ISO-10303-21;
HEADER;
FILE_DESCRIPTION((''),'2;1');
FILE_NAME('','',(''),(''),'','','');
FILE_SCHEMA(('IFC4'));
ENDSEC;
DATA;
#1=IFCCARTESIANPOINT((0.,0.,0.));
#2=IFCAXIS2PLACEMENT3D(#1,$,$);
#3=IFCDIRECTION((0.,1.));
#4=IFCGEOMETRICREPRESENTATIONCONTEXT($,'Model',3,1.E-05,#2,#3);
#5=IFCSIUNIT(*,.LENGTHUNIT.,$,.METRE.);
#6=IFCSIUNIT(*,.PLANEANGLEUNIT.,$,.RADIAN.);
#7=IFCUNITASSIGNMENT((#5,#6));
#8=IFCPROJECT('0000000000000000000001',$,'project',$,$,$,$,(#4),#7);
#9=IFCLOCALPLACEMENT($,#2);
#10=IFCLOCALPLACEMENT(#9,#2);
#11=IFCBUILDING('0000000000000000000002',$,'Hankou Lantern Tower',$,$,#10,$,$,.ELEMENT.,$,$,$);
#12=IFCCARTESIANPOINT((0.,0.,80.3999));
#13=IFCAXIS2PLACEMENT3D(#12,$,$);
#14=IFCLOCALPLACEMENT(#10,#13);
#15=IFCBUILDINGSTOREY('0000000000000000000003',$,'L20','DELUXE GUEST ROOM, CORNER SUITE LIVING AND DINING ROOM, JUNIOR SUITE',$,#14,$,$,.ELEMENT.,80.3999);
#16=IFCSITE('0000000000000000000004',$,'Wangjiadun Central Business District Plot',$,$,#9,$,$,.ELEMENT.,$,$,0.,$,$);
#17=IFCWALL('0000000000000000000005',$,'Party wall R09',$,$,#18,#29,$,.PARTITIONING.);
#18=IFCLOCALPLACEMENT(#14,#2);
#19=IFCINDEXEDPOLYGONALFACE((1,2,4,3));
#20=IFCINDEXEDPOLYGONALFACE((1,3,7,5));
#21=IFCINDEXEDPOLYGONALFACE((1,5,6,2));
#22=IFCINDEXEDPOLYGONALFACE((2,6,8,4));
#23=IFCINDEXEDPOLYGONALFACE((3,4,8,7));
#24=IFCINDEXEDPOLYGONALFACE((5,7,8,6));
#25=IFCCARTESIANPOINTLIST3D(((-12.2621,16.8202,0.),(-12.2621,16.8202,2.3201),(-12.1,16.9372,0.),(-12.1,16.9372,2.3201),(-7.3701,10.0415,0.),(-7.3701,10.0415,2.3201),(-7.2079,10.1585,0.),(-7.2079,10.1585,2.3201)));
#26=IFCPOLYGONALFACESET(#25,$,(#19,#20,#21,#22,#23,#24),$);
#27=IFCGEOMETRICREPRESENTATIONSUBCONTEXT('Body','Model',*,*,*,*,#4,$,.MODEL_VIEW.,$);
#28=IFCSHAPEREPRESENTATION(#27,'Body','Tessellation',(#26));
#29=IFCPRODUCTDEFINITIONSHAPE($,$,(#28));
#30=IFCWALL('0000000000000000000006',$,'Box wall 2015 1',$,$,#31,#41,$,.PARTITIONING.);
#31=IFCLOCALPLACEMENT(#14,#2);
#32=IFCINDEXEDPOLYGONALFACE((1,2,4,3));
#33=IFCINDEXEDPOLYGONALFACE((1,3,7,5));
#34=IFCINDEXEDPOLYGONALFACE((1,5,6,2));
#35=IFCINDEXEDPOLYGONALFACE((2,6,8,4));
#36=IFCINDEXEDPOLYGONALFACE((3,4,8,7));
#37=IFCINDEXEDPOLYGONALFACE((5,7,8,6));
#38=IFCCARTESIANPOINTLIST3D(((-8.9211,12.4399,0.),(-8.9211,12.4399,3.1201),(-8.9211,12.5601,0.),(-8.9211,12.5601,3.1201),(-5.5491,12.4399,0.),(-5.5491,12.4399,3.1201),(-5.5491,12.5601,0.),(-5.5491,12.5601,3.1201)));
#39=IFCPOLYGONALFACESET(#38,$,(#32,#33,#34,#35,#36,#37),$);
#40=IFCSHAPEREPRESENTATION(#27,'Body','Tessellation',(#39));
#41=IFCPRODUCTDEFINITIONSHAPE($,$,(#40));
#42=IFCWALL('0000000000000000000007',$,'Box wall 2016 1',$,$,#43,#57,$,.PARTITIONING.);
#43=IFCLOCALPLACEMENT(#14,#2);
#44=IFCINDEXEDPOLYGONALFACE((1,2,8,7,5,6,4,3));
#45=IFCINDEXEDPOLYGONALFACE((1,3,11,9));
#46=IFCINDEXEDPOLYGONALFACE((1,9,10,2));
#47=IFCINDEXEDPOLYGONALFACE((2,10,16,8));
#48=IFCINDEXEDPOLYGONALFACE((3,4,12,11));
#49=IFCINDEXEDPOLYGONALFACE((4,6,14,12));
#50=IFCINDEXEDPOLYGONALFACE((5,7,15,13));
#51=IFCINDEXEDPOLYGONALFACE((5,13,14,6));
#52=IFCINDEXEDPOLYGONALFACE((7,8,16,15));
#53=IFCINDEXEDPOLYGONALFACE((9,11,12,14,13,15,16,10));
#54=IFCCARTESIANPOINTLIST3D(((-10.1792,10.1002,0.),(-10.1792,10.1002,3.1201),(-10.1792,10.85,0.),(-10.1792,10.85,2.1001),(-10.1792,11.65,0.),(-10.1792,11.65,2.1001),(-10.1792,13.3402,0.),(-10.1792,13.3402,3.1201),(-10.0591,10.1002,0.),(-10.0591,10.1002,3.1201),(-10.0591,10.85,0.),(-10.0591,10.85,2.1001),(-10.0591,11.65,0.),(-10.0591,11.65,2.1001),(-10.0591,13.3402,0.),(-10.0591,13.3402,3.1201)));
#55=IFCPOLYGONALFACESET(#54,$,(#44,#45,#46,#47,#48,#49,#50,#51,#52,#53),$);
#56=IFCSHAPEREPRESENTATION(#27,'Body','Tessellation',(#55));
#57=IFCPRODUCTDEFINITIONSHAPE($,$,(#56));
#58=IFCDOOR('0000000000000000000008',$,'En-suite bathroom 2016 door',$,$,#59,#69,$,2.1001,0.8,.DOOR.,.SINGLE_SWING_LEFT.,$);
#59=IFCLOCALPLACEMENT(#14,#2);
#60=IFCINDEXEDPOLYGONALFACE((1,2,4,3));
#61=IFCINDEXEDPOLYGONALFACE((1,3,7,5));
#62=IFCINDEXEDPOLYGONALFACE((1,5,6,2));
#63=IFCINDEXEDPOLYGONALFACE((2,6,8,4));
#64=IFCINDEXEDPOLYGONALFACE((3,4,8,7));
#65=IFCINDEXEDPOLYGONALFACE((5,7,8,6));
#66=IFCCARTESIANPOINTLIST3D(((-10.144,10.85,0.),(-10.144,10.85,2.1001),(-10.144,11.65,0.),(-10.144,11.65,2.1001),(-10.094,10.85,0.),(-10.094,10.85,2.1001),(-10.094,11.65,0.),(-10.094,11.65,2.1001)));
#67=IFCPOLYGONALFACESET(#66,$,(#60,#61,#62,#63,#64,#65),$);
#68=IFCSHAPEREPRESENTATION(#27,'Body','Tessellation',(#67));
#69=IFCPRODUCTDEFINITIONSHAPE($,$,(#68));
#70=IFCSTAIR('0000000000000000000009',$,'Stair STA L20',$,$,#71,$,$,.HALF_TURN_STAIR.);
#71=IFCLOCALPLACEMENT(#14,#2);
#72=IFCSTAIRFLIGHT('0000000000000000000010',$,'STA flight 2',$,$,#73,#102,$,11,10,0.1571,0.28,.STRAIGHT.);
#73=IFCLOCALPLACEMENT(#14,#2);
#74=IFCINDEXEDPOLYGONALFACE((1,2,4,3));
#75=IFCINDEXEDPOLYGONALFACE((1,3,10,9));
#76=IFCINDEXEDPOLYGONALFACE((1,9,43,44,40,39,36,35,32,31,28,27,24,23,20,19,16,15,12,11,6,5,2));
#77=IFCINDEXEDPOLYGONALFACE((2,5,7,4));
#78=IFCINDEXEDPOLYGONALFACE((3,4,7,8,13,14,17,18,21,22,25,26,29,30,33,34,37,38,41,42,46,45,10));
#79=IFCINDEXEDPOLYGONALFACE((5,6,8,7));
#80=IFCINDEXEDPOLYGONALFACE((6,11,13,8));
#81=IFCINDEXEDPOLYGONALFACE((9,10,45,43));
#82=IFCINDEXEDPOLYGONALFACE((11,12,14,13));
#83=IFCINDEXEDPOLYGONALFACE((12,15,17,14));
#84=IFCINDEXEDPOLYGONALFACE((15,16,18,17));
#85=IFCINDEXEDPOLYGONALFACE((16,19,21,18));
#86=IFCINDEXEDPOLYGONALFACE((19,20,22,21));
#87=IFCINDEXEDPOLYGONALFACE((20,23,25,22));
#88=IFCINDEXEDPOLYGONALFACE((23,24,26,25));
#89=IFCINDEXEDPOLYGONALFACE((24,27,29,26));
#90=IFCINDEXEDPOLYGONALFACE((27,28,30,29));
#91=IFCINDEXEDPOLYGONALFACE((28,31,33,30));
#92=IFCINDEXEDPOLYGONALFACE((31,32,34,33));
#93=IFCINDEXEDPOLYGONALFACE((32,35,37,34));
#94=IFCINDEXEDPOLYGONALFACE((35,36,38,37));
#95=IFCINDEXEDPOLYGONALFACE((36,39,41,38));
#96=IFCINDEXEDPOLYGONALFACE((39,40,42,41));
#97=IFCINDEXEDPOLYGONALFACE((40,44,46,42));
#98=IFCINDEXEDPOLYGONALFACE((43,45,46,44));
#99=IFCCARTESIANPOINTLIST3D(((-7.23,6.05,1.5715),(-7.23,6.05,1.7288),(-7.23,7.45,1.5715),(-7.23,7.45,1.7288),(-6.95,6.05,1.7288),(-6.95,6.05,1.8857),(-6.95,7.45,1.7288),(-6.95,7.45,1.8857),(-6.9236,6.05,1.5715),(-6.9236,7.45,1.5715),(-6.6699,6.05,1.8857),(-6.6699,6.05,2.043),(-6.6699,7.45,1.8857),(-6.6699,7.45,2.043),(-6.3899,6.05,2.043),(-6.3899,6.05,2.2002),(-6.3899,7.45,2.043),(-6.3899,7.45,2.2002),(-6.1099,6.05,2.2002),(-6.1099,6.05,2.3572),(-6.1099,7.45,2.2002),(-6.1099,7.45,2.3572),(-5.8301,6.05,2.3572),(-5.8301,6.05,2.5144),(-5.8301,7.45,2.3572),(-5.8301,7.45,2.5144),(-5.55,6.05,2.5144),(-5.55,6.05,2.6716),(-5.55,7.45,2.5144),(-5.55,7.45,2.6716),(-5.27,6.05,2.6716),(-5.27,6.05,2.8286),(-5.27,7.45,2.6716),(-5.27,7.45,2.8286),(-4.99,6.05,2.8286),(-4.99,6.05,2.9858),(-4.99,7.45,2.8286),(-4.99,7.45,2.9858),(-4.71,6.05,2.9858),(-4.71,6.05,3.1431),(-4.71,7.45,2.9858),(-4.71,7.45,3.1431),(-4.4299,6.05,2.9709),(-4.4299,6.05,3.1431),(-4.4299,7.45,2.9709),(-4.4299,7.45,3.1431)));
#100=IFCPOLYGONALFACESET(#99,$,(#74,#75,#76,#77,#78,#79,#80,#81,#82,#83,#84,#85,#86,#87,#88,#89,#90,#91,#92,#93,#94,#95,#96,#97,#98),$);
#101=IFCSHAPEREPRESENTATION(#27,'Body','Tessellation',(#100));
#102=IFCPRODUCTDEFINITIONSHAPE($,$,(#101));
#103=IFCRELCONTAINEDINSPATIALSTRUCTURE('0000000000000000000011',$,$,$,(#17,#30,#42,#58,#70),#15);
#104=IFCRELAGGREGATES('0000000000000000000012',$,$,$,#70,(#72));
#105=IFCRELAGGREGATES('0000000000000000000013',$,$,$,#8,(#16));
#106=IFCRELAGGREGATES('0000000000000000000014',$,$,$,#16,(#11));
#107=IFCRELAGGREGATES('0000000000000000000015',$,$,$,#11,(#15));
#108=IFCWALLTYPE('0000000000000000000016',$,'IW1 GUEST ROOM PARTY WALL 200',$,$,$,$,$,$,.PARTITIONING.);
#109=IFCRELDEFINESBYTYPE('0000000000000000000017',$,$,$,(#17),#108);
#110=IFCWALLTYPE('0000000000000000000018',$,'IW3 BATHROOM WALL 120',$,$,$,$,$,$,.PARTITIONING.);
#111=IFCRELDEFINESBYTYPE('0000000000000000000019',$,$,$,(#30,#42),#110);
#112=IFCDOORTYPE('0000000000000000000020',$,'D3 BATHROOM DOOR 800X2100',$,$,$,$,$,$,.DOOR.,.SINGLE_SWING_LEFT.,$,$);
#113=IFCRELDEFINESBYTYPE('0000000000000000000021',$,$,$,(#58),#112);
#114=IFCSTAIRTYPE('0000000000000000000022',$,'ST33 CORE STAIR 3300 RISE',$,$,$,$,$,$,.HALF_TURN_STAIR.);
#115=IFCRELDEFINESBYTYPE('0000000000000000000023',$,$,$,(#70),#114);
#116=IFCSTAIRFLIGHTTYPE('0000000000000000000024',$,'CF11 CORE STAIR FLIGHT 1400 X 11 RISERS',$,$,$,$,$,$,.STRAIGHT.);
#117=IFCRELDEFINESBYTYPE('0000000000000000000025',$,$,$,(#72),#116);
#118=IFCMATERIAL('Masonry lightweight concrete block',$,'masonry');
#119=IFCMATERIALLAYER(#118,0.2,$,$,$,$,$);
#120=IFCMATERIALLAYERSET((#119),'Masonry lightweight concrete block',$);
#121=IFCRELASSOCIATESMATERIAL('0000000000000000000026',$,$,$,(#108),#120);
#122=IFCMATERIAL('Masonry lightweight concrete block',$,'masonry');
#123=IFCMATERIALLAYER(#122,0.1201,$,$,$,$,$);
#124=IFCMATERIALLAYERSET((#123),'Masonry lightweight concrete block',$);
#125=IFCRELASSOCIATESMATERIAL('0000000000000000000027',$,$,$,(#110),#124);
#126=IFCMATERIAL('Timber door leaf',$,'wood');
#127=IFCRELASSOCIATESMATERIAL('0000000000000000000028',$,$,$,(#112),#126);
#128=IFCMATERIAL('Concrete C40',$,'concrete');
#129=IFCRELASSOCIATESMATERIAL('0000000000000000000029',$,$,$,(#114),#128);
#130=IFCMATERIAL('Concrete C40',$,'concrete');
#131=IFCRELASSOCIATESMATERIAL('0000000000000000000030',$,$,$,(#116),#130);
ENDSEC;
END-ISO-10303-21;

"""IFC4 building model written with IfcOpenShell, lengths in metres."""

from ifc_helpers import new_model, si_unit, direction, frame, frame_2d, origin, place, context, subcontext, project, spatial, polyline, rectangle, outline, extrude, material, layer, layer_set, type_object, element, fill, aggregate, save


model = new_model("IFC4")

# Units and contexts
model_context = context("Model", 3, precision=1e-05, world=origin(), true_north=direction((0.0, 1.0)))
body_context = subcontext(model_context, "Body", "Model", "MODEL_VIEW")
ifc_project = project(units=[si_unit("LENGTHUNIT", "METRE"), si_unit("PLANEANGLEUNIT", "RADIAN")], contexts=[model_context])

# Site, building, storey
site_placement = place(None, origin())
site = spatial("IfcSite", under=ifc_project, at=site_placement, Name="Wangjiadun Central Business District Plot", CompositionType="ELEMENT", RefElevation=0.0)
building_placement = place(site_placement, origin())
building = spatial("IfcBuilding", under=site, at=building_placement, Name="Hankou Lantern Tower", CompositionType="ELEMENT")
storey_placement = place(building_placement, frame((0.0, 0.0, 80.3999)))
storey = spatial("IfcBuildingStorey", under=building, at=storey_placement, Name="L20", Description="DELUXE GUEST ROOM, CORNER SUITE LIVING AND DINING ROOM, JUNIOR SUITE", CompositionType="ELEMENT", Elevation=80.3999)

# Walls
ifc_material_1 = material(Name="Masonry lightweight concrete block", Category="masonry")
ifc_layer_1 = layer(ifc_material_1, 0.2)
ifc_layer_set_1 = layer_set([ifc_layer_1], Name="Masonry lightweight concrete block")
wall_type_1 = type_object("IfcWallType", Name="IW1 GUEST ROOM PARTY WALL 200", PredefinedType="PARTITIONING", material=ifc_layer_set_1)
wall_1_placement = place(storey_placement, frame((-7.2891, 10.1001, 0.0), z_axis=(0.0, 0.0, 1.0), x_axis=(-0.585198, 0.81089, 0.0)))
element("IfcWall", 1, at=wall_1_placement, inside=storey, type_object=wall_type_1, Name="Party wall R09", PredefinedType="PARTITIONING", context=body_context, shape_type="SweptSolid", body=[
    extrude(rectangle(XDim=8.3596, YDim=0.2, at=frame_2d((4.1797, 0.0))), origin(), (0.0, 0.0, 1.0), 2.3201),
])
ifc_material_2 = material(Name="Masonry lightweight concrete block", Category="masonry")
ifc_layer_2 = layer(ifc_material_2, 0.1201)
ifc_layer_set_2 = layer_set([ifc_layer_2], Name="Masonry lightweight concrete block")
wall_type_2 = type_object("IfcWallType", Name="IW3 BATHROOM WALL 120", PredefinedType="PARTITIONING", material=ifc_layer_set_2)
wall_2_placement = place(storey_placement, frame((-8.9211, 12.5, 0.0), z_axis=(0.0, 0.0, 1.0), x_axis=(1.0, 0.0, 0.0)))
element("IfcWall", 2, at=wall_2_placement, inside=storey, type_object=wall_type_2, Name="Box wall 2015 1", PredefinedType="PARTITIONING", context=body_context, shape_type="SweptSolid", body=[
    extrude(rectangle(XDim=3.3721, YDim=0.1201, at=frame_2d((1.686, 0.0))), origin(), (0.0, 0.0, 1.0), 3.1201),
])

# Wall, opening, door
wall_3_placement = place(storey_placement, frame((-10.1191, 10.1001, 0.0), z_axis=(0.0, 0.0, 1.0), x_axis=(0.0, 1.0, 0.0)))
wall_3 = element("IfcWall", 3, at=wall_3_placement, inside=storey, type_object=wall_type_2, Name="Box wall 2016 1", PredefinedType="PARTITIONING", context=body_context, shape_type="SweptSolid", body=[
    extrude(rectangle(XDim=3.24, YDim=0.1201, at=frame_2d((1.6201, 0.0))), origin(), (0.0, 0.0, 1.0), 3.1201),
])
opening_1_placement = place(wall_3_placement, frame((0.75, 0.0, 0.0)))
opening_1 = element("IfcOpeningElement", 4, at=opening_1_placement, cuts=wall_3, PredefinedType="OPENING", context=body_context, shape_type="SweptSolid", body=[
    extrude(rectangle(XDim=0.8, YDim=2.1001, at=frame_2d((0.3999, 1.05))), frame((0.0, 0.0701, 0.0), z_axis=(0.0, -1.0, 0.0), x_axis=(1.0, 0.0, 0.0)), (0.0, 0.0, 1.0), 0.1401),
])
ifc_material_3 = material(Name="Timber door leaf", Category="wood")
door_type_1 = type_object("IfcDoorType", Name="D3 BATHROOM DOOR 800X2100", OperationType="SINGLE_SWING_LEFT", PredefinedType="DOOR", material=ifc_material_3)
door_1_placement = place(opening_1_placement, origin())
door_1 = element("IfcDoor", 5, at=door_1_placement, inside=storey, type_object=door_type_1, Name="En-suite bathroom 2016 door", OperationType="SINGLE_SWING_LEFT", OverallHeight=2.1001, OverallWidth=0.8, PredefinedType="DOOR", context=body_context, shape_type="SweptSolid", body=[
    extrude(rectangle(XDim=0.8, YDim=2.1001, at=frame_2d((0.3999, 1.05))), frame((0.0, 0.0249, 0.0), z_axis=(0.0, -1.0, 0.0), x_axis=(1.0, 0.0, 0.0)), (0.0, 0.0, 1.0), 0.05),
])
fill(opening_1, door_1)

# Stair, stair flight
ifc_material_4 = material(Name="Concrete C40", Category="concrete")
stair_type = type_object("IfcStairType", Name="ST33 CORE STAIR 3300 RISE", PredefinedType="HALF_TURN_STAIR", material=ifc_material_4)
stair_placement = place(storey_placement, origin())
stair = element("IfcStair", 6, at=stair_placement, inside=storey, type_object=stair_type, Name="Stair STA L20", PredefinedType="HALF_TURN_STAIR")
ifc_material_5 = material(Name="Concrete C40", Category="concrete")
stair_flight_type = type_object("IfcStairFlightType", Name="CF11 CORE STAIR FLIGHT 1400 X 11 RISERS", PredefinedType="STRAIGHT", material=ifc_material_5)
stair_flight_placement = place(storey_placement, frame((-7.23, 6.75, 1.5715), z_axis=(0.0, 0.0, 1.0), x_axis=(1.0, 0.0, 0.0)))
stair_flight = element("IfcStairFlight", 7, at=stair_flight_placement, type_object=stair_flight_type, Name="STA flight 2", NumberOfRisers=11, NumberOfTreads=10, PredefinedType="STRAIGHT", RiserHeight=0.1571, TreadLength=0.28, context=body_context, shape_type="SweptSolid", body=[
    extrude(outline(polyline([(0.0, 0.0), (0.0, 0.1572), (0.28, 0.1572), (0.28, 0.3142), (0.5601, 0.3142), (0.5601, 0.4714), (0.8401, 0.4714), (0.8401, 0.6287), (1.1201, 0.6287), (1.1201, 0.7856), (1.3999, 0.7856), (1.3999, 0.9429), (1.6799, 0.9429), (1.6799, 1.1001), (1.96, 1.1001), (1.96, 1.2571), (2.24, 1.2571), (2.24, 1.4143), (2.52, 1.4143), (2.52, 1.5715), (2.8, 1.5715), (2.8, 1.7285), (2.8, 1.3994), (0.3064, 0.0), (0.0, 0.0)])), frame((0.0, 0.7, 0.0), z_axis=(0.0, -1.0, 0.0), x_axis=(1.0, 0.0, 0.0)), (0.0, 0.0, 1.0), 1.3999),
])
aggregate(stair, [stair_flight])

save(model, "model.ifc")
